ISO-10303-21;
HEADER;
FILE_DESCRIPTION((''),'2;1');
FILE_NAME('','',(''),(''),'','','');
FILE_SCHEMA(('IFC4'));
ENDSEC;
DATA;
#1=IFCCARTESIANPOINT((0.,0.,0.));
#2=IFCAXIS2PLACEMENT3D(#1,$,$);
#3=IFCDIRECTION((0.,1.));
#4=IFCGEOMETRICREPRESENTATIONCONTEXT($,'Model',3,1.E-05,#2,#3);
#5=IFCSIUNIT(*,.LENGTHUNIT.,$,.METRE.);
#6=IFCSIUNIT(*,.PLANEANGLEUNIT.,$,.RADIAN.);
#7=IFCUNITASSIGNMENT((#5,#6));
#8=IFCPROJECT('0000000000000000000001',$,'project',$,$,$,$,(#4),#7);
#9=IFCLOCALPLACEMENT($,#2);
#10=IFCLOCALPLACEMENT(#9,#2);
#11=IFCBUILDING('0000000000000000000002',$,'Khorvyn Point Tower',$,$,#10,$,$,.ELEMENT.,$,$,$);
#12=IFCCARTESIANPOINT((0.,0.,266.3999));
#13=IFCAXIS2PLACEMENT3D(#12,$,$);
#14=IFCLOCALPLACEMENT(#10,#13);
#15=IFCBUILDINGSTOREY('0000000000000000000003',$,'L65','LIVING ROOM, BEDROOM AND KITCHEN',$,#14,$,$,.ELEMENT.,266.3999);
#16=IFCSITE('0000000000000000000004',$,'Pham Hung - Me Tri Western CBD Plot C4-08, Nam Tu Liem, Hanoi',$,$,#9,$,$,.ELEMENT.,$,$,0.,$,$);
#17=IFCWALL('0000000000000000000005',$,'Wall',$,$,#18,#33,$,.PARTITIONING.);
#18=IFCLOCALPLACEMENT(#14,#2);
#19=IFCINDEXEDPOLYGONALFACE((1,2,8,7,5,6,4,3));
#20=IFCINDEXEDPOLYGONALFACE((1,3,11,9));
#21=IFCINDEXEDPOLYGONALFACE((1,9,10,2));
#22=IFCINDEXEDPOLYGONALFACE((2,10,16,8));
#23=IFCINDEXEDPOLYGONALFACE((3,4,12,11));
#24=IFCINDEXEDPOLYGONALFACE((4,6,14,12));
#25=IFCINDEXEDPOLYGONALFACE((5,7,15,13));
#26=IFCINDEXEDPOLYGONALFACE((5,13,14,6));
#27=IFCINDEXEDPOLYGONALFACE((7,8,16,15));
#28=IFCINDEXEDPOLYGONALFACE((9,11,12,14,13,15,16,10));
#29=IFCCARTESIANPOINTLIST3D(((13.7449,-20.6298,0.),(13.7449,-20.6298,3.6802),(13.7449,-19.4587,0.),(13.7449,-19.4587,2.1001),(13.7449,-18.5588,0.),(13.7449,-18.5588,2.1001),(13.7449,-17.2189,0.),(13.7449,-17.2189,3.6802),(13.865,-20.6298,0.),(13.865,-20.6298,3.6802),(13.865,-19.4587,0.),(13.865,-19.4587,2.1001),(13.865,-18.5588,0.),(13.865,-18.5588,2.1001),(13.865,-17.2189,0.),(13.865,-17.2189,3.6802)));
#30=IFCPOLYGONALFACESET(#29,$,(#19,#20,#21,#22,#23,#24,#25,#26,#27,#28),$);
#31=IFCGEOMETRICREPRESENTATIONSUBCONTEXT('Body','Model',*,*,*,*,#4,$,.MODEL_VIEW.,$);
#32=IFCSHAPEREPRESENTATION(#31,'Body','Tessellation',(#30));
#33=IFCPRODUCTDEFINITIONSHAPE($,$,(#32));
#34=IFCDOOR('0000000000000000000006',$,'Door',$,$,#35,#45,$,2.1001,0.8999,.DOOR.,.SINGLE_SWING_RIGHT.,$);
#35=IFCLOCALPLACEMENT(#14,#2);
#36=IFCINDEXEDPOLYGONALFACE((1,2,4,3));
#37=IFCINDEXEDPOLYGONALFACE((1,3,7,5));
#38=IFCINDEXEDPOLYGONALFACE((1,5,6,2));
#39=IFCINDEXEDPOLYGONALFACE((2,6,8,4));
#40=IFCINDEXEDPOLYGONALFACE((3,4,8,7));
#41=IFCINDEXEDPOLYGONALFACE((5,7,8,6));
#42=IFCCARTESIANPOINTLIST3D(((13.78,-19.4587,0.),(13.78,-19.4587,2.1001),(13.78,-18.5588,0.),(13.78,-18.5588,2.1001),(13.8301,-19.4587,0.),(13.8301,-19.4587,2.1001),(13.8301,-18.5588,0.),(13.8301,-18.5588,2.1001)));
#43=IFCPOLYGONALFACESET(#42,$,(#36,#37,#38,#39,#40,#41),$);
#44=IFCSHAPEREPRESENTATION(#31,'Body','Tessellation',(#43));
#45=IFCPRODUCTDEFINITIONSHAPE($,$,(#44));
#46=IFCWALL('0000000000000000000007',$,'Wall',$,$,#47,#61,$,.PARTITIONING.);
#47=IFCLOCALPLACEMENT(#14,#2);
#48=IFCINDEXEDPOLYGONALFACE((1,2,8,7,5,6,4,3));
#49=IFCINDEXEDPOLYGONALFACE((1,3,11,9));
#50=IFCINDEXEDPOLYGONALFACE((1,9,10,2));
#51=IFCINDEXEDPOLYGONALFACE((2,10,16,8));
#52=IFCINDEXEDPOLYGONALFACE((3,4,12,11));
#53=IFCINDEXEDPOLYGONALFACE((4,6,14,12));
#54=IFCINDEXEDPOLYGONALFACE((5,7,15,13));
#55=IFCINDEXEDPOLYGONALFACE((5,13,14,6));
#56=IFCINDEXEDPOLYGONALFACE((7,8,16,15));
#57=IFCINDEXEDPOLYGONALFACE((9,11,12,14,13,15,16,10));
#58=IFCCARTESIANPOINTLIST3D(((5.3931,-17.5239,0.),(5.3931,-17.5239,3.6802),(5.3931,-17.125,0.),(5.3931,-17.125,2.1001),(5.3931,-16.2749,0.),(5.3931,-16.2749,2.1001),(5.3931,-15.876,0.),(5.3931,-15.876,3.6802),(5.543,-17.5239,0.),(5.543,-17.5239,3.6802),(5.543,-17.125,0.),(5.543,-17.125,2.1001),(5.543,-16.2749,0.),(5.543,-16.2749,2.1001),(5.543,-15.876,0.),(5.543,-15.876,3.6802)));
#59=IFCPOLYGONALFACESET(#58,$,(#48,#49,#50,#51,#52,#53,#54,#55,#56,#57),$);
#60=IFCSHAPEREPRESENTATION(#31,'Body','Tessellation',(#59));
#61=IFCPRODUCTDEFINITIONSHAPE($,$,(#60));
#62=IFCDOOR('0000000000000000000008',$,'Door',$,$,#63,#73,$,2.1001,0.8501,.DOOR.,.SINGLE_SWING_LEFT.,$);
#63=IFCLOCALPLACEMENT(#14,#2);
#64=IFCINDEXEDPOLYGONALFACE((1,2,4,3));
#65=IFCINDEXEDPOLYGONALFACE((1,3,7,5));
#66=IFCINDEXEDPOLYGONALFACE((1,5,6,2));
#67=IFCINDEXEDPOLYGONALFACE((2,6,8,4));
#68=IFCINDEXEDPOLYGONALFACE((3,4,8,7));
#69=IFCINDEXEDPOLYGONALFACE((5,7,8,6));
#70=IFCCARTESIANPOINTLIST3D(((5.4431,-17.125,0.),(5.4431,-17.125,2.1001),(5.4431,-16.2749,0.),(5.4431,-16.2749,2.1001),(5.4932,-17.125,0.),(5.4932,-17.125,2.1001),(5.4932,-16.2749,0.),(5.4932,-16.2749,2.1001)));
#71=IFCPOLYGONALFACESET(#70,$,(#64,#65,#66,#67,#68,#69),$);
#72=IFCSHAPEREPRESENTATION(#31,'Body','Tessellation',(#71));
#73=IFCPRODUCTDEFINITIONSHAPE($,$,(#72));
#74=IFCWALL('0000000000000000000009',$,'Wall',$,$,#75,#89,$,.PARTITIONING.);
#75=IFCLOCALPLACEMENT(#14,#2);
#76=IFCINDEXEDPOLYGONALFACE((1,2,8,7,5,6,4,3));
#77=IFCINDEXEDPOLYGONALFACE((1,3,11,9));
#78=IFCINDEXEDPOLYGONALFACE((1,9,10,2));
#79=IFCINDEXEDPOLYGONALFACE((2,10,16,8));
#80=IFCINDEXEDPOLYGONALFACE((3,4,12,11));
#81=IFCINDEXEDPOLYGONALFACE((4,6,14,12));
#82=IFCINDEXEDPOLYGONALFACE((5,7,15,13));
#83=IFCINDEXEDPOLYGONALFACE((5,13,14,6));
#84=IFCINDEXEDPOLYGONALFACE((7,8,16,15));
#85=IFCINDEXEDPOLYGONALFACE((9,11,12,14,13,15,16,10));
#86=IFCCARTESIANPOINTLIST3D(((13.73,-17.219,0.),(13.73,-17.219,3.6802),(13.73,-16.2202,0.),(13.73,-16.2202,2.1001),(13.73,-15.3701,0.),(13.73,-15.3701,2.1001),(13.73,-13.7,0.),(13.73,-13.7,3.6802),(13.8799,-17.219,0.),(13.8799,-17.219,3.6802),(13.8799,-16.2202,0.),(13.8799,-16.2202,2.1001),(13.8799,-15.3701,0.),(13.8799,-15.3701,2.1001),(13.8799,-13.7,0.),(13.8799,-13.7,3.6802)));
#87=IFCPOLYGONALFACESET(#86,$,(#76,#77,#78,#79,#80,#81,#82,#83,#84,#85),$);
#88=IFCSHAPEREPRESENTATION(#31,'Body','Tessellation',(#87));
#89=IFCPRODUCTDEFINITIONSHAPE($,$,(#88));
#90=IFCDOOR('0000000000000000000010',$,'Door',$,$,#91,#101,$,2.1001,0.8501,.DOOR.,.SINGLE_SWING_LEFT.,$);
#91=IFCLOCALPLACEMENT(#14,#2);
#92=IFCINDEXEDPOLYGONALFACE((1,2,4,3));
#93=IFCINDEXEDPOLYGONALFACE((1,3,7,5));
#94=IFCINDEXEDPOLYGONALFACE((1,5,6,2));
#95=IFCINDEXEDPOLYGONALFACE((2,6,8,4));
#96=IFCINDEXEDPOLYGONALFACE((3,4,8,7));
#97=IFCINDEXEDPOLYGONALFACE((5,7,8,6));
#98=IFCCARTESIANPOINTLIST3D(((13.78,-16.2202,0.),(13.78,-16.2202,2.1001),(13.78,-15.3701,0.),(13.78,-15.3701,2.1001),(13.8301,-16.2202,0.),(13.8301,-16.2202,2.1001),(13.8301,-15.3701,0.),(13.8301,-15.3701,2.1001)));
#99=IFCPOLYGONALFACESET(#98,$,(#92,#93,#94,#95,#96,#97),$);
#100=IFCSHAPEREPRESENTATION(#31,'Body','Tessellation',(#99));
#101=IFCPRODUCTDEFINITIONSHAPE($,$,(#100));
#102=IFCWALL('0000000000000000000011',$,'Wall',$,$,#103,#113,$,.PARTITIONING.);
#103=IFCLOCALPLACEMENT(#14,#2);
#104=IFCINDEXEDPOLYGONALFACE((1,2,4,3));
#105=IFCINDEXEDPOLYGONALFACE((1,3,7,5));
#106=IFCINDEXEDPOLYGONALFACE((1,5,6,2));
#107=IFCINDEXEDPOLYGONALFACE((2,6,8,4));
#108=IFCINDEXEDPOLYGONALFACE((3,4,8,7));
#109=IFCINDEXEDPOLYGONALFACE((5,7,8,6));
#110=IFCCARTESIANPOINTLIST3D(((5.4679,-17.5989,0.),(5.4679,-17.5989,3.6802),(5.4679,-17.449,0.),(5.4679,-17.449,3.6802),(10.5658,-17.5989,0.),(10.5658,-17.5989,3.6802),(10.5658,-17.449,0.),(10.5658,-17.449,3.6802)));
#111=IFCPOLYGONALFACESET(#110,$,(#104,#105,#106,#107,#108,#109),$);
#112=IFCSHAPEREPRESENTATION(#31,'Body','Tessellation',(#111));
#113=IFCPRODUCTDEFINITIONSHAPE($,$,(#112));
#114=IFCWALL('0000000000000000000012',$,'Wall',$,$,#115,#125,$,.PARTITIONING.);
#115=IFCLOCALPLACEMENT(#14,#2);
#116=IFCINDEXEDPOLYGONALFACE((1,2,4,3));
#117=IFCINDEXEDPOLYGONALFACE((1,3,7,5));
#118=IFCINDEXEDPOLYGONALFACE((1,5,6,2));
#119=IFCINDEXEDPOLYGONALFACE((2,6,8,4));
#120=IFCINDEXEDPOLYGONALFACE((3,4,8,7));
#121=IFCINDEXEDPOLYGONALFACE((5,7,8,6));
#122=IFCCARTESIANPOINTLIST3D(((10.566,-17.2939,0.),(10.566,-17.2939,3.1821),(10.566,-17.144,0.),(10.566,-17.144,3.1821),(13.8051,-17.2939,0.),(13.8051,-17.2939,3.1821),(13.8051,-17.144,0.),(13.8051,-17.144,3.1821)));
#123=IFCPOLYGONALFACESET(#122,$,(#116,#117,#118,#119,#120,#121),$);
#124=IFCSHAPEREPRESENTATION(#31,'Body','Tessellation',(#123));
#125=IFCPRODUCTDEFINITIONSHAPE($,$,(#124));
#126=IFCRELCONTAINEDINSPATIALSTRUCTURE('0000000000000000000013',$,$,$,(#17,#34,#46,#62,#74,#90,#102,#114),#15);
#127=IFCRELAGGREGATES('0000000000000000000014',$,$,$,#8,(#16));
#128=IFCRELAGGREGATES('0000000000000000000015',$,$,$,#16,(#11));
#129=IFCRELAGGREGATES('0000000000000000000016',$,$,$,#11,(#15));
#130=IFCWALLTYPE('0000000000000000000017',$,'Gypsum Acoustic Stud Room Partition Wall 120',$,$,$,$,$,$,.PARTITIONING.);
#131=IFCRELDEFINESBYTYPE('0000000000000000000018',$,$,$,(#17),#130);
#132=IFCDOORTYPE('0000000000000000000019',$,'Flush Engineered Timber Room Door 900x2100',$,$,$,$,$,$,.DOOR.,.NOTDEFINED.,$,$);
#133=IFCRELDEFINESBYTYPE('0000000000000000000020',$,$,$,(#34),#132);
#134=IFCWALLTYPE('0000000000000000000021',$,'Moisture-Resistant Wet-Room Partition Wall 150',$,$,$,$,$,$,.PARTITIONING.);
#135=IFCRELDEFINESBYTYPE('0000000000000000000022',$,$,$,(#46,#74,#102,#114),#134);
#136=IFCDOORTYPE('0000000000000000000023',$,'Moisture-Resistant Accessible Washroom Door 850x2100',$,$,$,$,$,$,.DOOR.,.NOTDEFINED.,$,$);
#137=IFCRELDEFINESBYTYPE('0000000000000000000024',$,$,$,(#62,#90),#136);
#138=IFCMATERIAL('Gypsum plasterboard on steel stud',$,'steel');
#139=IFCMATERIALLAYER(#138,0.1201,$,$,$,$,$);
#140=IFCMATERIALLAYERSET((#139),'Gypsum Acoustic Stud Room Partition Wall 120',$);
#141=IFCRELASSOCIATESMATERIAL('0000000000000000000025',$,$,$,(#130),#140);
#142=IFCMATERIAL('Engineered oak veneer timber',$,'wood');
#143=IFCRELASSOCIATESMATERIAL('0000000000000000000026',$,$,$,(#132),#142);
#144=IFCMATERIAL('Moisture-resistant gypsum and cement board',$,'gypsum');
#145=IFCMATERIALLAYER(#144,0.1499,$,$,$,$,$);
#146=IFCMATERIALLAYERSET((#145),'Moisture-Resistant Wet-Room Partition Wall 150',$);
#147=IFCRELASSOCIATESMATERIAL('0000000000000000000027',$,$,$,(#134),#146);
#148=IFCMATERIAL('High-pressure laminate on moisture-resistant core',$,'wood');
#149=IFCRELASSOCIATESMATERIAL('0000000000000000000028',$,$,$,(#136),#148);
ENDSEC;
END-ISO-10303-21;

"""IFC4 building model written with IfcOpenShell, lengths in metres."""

from ifc_helpers import new_model, si_unit, direction, frame, frame_2d, origin, place, context, subcontext, project, spatial, rectangle, extrude, material, layer, layer_set, type_object, element, fill, save


model = new_model("IFC4")

# Units and contexts
model_context = context("Model", 3, precision=1e-05, world=origin(), true_north=direction((0.0, 1.0)))
body_context = subcontext(model_context, "Body", "Model", "MODEL_VIEW")
ifc_project = project(units=[si_unit("LENGTHUNIT", "METRE"), si_unit("PLANEANGLEUNIT", "RADIAN")], contexts=[model_context])

# Site, building, storey
site_placement = place(None, origin())
site = spatial("IfcSite", under=ifc_project, at=site_placement, Name="Pham Hung - Me Tri Western CBD Plot C4-08, Nam Tu Liem, Hanoi", CompositionType="ELEMENT", RefElevation=0.0)
building_placement = place(site_placement, origin())
building = spatial("IfcBuilding", under=site, at=building_placement, Name="Khorvyn Point Tower", CompositionType="ELEMENT")
storey_placement = place(building_placement, frame((0.0, 0.0, 266.3999)))
storey = spatial("IfcBuildingStorey", under=building, at=storey_placement, Name="L65", Description="LIVING ROOM, BEDROOM AND KITCHEN", CompositionType="ELEMENT", Elevation=266.3999)

# Walls, openings, doors
ifc_material_1 = material(Name="Gypsum plasterboard on steel stud", Category="steel")
ifc_layer_1 = layer(ifc_material_1, 0.1201)
ifc_layer_set_1 = layer_set([ifc_layer_1], Name="Gypsum Acoustic Stud Room Partition Wall 120")
wall_type_1 = type_object("IfcWallType", Name="Gypsum Acoustic Stud Room Partition Wall 120", PredefinedType="PARTITIONING", material=ifc_layer_set_1)
ifc_material_2 = material(Name="Engineered oak veneer timber", Category="wood")
door_type_1 = type_object("IfcDoorType", Name="Flush Engineered Timber Room Door 900x2100", OperationType="NOTDEFINED", PredefinedType="DOOR", material=ifc_material_2)
wall_1_placement = place(storey_placement, frame((13.8049, -20.6299, 0.0), z_axis=(0.0, 0.0, 1.0), x_axis=(0.0, 1.0, 0.0)))
wall_1 = element("IfcWall", 1, at=wall_1_placement, inside=storey, type_object=wall_type_1, Name="Wall", PredefinedType="PARTITIONING", context=body_context, shape_type="SweptSolid", body=[
    extrude(rectangle(XDim=3.4109, YDim=0.1201, at=frame_2d((1.7056, 0.0))), origin(), (0.0, 0.0, 1.0), 3.6802),
])
opening_1_placement = place(wall_1_placement, frame((1.1711, 0.0, 0.0)))
opening_1 = element("IfcOpeningElement", 2, at=opening_1_placement, cuts=wall_1, PredefinedType="OPENING", context=body_context, shape_type="SweptSolid", body=[
    extrude(rectangle(XDim=0.8999, YDim=2.1001, at=frame_2d((0.45, 1.05))), frame((0.0, 0.0701, 0.0), z_axis=(0.0, -1.0, 0.0), x_axis=(1.0, 0.0, 0.0)), (0.0, 0.0, 1.0), 0.1401),
])
door_1_placement = place(opening_1_placement, origin())
door_1 = element("IfcDoor", 3, at=door_1_placement, inside=storey, type_object=door_type_1, Name="Door", OperationType="SINGLE_SWING_RIGHT", OverallHeight=2.1001, OverallWidth=0.8999, PredefinedType="DOOR", context=body_context, shape_type="SweptSolid", body=[
    extrude(rectangle(XDim=0.8999, YDim=2.1001, at=frame_2d((0.45, 1.05))), frame((0.0, 0.0249, 0.0), z_axis=(0.0, -1.0, 0.0), x_axis=(1.0, 0.0, 0.0)), (0.0, 0.0, 1.0), 0.05),
])
fill(opening_1, door_1)
ifc_material_3 = material(Name="Moisture-resistant gypsum and cement board", Category="gypsum")
ifc_layer_2 = layer(ifc_material_3, 0.1499)
ifc_layer_set_2 = layer_set([ifc_layer_2], Name="Moisture-Resistant Wet-Room Partition Wall 150")
wall_type_2 = type_object("IfcWallType", Name="Moisture-Resistant Wet-Room Partition Wall 150", PredefinedType="PARTITIONING", material=ifc_layer_set_2)
wall_2_placement = place(storey_placement, frame((5.468, -17.5239, 0.0), z_axis=(0.0, 0.0, 1.0), x_axis=(0.0, 1.0, 0.0)))
wall_2 = element("IfcWall", 4, at=wall_2_placement, inside=storey, type_object=wall_type_2, Name="Wall", PredefinedType="PARTITIONING", context=body_context, shape_type="SweptSolid", body=[
    extrude(rectangle(XDim=1.6479, YDim=0.1499, at=frame_2d((0.824, 0.0))), origin(), (0.0, 0.0, 1.0), 3.6802),
])
opening_2_placement = place(wall_2_placement, frame((0.3989, 0.0, 0.0)))
opening_2 = element("IfcOpeningElement", 5, at=opening_2_placement, cuts=wall_2, PredefinedType="OPENING", context=body_context, shape_type="SweptSolid", body=[
    extrude(rectangle(XDim=0.8501, YDim=2.1001, at=frame_2d((0.425, 1.05))), frame((0.0, 0.085, 0.0), z_axis=(0.0, -1.0, 0.0), x_axis=(1.0, 0.0, 0.0)), (0.0, 0.0, 1.0), 0.1699),
])
ifc_material_4 = material(Name="High-pressure laminate on moisture-resistant core", Category="wood")
door_type_2 = type_object("IfcDoorType", Name="Moisture-Resistant Accessible Washroom Door 850x2100", OperationType="NOTDEFINED", PredefinedType="DOOR", material=ifc_material_4)
door_2_placement = place(opening_2_placement, origin())
door_2 = element("IfcDoor", 6, at=door_2_placement, inside=storey, type_object=door_type_2, Name="Door", OperationType="SINGLE_SWING_LEFT", OverallHeight=2.1001, OverallWidth=0.8501, PredefinedType="DOOR", context=body_context, shape_type="SweptSolid", body=[
    extrude(rectangle(XDim=0.8501, YDim=2.1001, at=frame_2d((0.425, 1.05))), frame((0.0, 0.0249, 0.0), z_axis=(0.0, -1.0, 0.0), x_axis=(1.0, 0.0, 0.0)), (0.0, 0.0, 1.0), 0.05),
])
fill(opening_2, door_2)
wall_3_placement = place(storey_placement, frame((13.8049, -17.219, 0.0), z_axis=(0.0, 0.0, 1.0), x_axis=(0.0, 1.0, 0.0)))
wall_3 = element("IfcWall", 7, at=wall_3_placement, inside=storey, type_object=wall_type_2, Name="Wall", PredefinedType="PARTITIONING", context=body_context, shape_type="SweptSolid", body=[
    extrude(rectangle(XDim=3.519, YDim=0.1499, at=frame_2d((1.7595, 0.0))), origin(), (0.0, 0.0, 1.0), 3.6802),
])
opening_3_placement = place(wall_3_placement, frame((0.9988, 0.0, 0.0)))
opening_3 = element("IfcOpeningElement", 8, at=opening_3_placement, cuts=wall_3, PredefinedType="OPENING", context=body_context, shape_type="SweptSolid", body=[
    extrude(rectangle(XDim=0.8501, YDim=2.1001, at=frame_2d((0.425, 1.05))), frame((0.0, 0.085, 0.0), z_axis=(0.0, -1.0, 0.0), x_axis=(1.0, 0.0, 0.0)), (0.0, 0.0, 1.0), 0.1699),
])
door_3_placement = place(opening_3_placement, origin())
door_3 = element("IfcDoor", 9, at=door_3_placement, inside=storey, type_object=door_type_2, Name="Door", OperationType="SINGLE_SWING_LEFT", OverallHeight=2.1001, OverallWidth=0.8501, PredefinedType="DOOR", context=body_context, shape_type="SweptSolid", body=[
    extrude(rectangle(XDim=0.8501, YDim=2.1001, at=frame_2d((0.425, 1.05))), frame((0.0, 0.0249, 0.0), z_axis=(0.0, -1.0, 0.0), x_axis=(1.0, 0.0, 0.0)), (0.0, 0.0, 1.0), 0.05),
])
fill(opening_3, door_3)

# Walls
wall_4_placement = place(storey_placement, frame((5.468, -17.5239, 0.0), z_axis=(0.0, 0.0, 1.0), x_axis=(1.0, 0.0, 0.0)))
element("IfcWall", 10, at=wall_4_placement, inside=storey, type_object=wall_type_2, Name="Wall", PredefinedType="PARTITIONING", context=body_context, shape_type="SweptSolid", body=[
    extrude(rectangle(XDim=5.0979, YDim=0.1499, at=frame_2d((2.5488, 0.0))), origin(), (0.0, 0.0, 1.0), 3.6802),
])
wall_5_placement = place(storey_placement, frame((10.5659, -17.219, 0.0), z_axis=(0.0, 0.0, 1.0), x_axis=(1.0, 0.0, 0.0)))
element("IfcWall", 11, at=wall_5_placement, inside=storey, type_object=wall_type_2, Name="Wall", PredefinedType="PARTITIONING", context=body_context, shape_type="SweptSolid", body=[
    extrude(rectangle(XDim=3.239, YDim=0.1499, at=frame_2d((1.6196, 0.0))), origin(), (0.0, 0.0, 1.0), 3.1821),
])

save(model, "model.ifc")
